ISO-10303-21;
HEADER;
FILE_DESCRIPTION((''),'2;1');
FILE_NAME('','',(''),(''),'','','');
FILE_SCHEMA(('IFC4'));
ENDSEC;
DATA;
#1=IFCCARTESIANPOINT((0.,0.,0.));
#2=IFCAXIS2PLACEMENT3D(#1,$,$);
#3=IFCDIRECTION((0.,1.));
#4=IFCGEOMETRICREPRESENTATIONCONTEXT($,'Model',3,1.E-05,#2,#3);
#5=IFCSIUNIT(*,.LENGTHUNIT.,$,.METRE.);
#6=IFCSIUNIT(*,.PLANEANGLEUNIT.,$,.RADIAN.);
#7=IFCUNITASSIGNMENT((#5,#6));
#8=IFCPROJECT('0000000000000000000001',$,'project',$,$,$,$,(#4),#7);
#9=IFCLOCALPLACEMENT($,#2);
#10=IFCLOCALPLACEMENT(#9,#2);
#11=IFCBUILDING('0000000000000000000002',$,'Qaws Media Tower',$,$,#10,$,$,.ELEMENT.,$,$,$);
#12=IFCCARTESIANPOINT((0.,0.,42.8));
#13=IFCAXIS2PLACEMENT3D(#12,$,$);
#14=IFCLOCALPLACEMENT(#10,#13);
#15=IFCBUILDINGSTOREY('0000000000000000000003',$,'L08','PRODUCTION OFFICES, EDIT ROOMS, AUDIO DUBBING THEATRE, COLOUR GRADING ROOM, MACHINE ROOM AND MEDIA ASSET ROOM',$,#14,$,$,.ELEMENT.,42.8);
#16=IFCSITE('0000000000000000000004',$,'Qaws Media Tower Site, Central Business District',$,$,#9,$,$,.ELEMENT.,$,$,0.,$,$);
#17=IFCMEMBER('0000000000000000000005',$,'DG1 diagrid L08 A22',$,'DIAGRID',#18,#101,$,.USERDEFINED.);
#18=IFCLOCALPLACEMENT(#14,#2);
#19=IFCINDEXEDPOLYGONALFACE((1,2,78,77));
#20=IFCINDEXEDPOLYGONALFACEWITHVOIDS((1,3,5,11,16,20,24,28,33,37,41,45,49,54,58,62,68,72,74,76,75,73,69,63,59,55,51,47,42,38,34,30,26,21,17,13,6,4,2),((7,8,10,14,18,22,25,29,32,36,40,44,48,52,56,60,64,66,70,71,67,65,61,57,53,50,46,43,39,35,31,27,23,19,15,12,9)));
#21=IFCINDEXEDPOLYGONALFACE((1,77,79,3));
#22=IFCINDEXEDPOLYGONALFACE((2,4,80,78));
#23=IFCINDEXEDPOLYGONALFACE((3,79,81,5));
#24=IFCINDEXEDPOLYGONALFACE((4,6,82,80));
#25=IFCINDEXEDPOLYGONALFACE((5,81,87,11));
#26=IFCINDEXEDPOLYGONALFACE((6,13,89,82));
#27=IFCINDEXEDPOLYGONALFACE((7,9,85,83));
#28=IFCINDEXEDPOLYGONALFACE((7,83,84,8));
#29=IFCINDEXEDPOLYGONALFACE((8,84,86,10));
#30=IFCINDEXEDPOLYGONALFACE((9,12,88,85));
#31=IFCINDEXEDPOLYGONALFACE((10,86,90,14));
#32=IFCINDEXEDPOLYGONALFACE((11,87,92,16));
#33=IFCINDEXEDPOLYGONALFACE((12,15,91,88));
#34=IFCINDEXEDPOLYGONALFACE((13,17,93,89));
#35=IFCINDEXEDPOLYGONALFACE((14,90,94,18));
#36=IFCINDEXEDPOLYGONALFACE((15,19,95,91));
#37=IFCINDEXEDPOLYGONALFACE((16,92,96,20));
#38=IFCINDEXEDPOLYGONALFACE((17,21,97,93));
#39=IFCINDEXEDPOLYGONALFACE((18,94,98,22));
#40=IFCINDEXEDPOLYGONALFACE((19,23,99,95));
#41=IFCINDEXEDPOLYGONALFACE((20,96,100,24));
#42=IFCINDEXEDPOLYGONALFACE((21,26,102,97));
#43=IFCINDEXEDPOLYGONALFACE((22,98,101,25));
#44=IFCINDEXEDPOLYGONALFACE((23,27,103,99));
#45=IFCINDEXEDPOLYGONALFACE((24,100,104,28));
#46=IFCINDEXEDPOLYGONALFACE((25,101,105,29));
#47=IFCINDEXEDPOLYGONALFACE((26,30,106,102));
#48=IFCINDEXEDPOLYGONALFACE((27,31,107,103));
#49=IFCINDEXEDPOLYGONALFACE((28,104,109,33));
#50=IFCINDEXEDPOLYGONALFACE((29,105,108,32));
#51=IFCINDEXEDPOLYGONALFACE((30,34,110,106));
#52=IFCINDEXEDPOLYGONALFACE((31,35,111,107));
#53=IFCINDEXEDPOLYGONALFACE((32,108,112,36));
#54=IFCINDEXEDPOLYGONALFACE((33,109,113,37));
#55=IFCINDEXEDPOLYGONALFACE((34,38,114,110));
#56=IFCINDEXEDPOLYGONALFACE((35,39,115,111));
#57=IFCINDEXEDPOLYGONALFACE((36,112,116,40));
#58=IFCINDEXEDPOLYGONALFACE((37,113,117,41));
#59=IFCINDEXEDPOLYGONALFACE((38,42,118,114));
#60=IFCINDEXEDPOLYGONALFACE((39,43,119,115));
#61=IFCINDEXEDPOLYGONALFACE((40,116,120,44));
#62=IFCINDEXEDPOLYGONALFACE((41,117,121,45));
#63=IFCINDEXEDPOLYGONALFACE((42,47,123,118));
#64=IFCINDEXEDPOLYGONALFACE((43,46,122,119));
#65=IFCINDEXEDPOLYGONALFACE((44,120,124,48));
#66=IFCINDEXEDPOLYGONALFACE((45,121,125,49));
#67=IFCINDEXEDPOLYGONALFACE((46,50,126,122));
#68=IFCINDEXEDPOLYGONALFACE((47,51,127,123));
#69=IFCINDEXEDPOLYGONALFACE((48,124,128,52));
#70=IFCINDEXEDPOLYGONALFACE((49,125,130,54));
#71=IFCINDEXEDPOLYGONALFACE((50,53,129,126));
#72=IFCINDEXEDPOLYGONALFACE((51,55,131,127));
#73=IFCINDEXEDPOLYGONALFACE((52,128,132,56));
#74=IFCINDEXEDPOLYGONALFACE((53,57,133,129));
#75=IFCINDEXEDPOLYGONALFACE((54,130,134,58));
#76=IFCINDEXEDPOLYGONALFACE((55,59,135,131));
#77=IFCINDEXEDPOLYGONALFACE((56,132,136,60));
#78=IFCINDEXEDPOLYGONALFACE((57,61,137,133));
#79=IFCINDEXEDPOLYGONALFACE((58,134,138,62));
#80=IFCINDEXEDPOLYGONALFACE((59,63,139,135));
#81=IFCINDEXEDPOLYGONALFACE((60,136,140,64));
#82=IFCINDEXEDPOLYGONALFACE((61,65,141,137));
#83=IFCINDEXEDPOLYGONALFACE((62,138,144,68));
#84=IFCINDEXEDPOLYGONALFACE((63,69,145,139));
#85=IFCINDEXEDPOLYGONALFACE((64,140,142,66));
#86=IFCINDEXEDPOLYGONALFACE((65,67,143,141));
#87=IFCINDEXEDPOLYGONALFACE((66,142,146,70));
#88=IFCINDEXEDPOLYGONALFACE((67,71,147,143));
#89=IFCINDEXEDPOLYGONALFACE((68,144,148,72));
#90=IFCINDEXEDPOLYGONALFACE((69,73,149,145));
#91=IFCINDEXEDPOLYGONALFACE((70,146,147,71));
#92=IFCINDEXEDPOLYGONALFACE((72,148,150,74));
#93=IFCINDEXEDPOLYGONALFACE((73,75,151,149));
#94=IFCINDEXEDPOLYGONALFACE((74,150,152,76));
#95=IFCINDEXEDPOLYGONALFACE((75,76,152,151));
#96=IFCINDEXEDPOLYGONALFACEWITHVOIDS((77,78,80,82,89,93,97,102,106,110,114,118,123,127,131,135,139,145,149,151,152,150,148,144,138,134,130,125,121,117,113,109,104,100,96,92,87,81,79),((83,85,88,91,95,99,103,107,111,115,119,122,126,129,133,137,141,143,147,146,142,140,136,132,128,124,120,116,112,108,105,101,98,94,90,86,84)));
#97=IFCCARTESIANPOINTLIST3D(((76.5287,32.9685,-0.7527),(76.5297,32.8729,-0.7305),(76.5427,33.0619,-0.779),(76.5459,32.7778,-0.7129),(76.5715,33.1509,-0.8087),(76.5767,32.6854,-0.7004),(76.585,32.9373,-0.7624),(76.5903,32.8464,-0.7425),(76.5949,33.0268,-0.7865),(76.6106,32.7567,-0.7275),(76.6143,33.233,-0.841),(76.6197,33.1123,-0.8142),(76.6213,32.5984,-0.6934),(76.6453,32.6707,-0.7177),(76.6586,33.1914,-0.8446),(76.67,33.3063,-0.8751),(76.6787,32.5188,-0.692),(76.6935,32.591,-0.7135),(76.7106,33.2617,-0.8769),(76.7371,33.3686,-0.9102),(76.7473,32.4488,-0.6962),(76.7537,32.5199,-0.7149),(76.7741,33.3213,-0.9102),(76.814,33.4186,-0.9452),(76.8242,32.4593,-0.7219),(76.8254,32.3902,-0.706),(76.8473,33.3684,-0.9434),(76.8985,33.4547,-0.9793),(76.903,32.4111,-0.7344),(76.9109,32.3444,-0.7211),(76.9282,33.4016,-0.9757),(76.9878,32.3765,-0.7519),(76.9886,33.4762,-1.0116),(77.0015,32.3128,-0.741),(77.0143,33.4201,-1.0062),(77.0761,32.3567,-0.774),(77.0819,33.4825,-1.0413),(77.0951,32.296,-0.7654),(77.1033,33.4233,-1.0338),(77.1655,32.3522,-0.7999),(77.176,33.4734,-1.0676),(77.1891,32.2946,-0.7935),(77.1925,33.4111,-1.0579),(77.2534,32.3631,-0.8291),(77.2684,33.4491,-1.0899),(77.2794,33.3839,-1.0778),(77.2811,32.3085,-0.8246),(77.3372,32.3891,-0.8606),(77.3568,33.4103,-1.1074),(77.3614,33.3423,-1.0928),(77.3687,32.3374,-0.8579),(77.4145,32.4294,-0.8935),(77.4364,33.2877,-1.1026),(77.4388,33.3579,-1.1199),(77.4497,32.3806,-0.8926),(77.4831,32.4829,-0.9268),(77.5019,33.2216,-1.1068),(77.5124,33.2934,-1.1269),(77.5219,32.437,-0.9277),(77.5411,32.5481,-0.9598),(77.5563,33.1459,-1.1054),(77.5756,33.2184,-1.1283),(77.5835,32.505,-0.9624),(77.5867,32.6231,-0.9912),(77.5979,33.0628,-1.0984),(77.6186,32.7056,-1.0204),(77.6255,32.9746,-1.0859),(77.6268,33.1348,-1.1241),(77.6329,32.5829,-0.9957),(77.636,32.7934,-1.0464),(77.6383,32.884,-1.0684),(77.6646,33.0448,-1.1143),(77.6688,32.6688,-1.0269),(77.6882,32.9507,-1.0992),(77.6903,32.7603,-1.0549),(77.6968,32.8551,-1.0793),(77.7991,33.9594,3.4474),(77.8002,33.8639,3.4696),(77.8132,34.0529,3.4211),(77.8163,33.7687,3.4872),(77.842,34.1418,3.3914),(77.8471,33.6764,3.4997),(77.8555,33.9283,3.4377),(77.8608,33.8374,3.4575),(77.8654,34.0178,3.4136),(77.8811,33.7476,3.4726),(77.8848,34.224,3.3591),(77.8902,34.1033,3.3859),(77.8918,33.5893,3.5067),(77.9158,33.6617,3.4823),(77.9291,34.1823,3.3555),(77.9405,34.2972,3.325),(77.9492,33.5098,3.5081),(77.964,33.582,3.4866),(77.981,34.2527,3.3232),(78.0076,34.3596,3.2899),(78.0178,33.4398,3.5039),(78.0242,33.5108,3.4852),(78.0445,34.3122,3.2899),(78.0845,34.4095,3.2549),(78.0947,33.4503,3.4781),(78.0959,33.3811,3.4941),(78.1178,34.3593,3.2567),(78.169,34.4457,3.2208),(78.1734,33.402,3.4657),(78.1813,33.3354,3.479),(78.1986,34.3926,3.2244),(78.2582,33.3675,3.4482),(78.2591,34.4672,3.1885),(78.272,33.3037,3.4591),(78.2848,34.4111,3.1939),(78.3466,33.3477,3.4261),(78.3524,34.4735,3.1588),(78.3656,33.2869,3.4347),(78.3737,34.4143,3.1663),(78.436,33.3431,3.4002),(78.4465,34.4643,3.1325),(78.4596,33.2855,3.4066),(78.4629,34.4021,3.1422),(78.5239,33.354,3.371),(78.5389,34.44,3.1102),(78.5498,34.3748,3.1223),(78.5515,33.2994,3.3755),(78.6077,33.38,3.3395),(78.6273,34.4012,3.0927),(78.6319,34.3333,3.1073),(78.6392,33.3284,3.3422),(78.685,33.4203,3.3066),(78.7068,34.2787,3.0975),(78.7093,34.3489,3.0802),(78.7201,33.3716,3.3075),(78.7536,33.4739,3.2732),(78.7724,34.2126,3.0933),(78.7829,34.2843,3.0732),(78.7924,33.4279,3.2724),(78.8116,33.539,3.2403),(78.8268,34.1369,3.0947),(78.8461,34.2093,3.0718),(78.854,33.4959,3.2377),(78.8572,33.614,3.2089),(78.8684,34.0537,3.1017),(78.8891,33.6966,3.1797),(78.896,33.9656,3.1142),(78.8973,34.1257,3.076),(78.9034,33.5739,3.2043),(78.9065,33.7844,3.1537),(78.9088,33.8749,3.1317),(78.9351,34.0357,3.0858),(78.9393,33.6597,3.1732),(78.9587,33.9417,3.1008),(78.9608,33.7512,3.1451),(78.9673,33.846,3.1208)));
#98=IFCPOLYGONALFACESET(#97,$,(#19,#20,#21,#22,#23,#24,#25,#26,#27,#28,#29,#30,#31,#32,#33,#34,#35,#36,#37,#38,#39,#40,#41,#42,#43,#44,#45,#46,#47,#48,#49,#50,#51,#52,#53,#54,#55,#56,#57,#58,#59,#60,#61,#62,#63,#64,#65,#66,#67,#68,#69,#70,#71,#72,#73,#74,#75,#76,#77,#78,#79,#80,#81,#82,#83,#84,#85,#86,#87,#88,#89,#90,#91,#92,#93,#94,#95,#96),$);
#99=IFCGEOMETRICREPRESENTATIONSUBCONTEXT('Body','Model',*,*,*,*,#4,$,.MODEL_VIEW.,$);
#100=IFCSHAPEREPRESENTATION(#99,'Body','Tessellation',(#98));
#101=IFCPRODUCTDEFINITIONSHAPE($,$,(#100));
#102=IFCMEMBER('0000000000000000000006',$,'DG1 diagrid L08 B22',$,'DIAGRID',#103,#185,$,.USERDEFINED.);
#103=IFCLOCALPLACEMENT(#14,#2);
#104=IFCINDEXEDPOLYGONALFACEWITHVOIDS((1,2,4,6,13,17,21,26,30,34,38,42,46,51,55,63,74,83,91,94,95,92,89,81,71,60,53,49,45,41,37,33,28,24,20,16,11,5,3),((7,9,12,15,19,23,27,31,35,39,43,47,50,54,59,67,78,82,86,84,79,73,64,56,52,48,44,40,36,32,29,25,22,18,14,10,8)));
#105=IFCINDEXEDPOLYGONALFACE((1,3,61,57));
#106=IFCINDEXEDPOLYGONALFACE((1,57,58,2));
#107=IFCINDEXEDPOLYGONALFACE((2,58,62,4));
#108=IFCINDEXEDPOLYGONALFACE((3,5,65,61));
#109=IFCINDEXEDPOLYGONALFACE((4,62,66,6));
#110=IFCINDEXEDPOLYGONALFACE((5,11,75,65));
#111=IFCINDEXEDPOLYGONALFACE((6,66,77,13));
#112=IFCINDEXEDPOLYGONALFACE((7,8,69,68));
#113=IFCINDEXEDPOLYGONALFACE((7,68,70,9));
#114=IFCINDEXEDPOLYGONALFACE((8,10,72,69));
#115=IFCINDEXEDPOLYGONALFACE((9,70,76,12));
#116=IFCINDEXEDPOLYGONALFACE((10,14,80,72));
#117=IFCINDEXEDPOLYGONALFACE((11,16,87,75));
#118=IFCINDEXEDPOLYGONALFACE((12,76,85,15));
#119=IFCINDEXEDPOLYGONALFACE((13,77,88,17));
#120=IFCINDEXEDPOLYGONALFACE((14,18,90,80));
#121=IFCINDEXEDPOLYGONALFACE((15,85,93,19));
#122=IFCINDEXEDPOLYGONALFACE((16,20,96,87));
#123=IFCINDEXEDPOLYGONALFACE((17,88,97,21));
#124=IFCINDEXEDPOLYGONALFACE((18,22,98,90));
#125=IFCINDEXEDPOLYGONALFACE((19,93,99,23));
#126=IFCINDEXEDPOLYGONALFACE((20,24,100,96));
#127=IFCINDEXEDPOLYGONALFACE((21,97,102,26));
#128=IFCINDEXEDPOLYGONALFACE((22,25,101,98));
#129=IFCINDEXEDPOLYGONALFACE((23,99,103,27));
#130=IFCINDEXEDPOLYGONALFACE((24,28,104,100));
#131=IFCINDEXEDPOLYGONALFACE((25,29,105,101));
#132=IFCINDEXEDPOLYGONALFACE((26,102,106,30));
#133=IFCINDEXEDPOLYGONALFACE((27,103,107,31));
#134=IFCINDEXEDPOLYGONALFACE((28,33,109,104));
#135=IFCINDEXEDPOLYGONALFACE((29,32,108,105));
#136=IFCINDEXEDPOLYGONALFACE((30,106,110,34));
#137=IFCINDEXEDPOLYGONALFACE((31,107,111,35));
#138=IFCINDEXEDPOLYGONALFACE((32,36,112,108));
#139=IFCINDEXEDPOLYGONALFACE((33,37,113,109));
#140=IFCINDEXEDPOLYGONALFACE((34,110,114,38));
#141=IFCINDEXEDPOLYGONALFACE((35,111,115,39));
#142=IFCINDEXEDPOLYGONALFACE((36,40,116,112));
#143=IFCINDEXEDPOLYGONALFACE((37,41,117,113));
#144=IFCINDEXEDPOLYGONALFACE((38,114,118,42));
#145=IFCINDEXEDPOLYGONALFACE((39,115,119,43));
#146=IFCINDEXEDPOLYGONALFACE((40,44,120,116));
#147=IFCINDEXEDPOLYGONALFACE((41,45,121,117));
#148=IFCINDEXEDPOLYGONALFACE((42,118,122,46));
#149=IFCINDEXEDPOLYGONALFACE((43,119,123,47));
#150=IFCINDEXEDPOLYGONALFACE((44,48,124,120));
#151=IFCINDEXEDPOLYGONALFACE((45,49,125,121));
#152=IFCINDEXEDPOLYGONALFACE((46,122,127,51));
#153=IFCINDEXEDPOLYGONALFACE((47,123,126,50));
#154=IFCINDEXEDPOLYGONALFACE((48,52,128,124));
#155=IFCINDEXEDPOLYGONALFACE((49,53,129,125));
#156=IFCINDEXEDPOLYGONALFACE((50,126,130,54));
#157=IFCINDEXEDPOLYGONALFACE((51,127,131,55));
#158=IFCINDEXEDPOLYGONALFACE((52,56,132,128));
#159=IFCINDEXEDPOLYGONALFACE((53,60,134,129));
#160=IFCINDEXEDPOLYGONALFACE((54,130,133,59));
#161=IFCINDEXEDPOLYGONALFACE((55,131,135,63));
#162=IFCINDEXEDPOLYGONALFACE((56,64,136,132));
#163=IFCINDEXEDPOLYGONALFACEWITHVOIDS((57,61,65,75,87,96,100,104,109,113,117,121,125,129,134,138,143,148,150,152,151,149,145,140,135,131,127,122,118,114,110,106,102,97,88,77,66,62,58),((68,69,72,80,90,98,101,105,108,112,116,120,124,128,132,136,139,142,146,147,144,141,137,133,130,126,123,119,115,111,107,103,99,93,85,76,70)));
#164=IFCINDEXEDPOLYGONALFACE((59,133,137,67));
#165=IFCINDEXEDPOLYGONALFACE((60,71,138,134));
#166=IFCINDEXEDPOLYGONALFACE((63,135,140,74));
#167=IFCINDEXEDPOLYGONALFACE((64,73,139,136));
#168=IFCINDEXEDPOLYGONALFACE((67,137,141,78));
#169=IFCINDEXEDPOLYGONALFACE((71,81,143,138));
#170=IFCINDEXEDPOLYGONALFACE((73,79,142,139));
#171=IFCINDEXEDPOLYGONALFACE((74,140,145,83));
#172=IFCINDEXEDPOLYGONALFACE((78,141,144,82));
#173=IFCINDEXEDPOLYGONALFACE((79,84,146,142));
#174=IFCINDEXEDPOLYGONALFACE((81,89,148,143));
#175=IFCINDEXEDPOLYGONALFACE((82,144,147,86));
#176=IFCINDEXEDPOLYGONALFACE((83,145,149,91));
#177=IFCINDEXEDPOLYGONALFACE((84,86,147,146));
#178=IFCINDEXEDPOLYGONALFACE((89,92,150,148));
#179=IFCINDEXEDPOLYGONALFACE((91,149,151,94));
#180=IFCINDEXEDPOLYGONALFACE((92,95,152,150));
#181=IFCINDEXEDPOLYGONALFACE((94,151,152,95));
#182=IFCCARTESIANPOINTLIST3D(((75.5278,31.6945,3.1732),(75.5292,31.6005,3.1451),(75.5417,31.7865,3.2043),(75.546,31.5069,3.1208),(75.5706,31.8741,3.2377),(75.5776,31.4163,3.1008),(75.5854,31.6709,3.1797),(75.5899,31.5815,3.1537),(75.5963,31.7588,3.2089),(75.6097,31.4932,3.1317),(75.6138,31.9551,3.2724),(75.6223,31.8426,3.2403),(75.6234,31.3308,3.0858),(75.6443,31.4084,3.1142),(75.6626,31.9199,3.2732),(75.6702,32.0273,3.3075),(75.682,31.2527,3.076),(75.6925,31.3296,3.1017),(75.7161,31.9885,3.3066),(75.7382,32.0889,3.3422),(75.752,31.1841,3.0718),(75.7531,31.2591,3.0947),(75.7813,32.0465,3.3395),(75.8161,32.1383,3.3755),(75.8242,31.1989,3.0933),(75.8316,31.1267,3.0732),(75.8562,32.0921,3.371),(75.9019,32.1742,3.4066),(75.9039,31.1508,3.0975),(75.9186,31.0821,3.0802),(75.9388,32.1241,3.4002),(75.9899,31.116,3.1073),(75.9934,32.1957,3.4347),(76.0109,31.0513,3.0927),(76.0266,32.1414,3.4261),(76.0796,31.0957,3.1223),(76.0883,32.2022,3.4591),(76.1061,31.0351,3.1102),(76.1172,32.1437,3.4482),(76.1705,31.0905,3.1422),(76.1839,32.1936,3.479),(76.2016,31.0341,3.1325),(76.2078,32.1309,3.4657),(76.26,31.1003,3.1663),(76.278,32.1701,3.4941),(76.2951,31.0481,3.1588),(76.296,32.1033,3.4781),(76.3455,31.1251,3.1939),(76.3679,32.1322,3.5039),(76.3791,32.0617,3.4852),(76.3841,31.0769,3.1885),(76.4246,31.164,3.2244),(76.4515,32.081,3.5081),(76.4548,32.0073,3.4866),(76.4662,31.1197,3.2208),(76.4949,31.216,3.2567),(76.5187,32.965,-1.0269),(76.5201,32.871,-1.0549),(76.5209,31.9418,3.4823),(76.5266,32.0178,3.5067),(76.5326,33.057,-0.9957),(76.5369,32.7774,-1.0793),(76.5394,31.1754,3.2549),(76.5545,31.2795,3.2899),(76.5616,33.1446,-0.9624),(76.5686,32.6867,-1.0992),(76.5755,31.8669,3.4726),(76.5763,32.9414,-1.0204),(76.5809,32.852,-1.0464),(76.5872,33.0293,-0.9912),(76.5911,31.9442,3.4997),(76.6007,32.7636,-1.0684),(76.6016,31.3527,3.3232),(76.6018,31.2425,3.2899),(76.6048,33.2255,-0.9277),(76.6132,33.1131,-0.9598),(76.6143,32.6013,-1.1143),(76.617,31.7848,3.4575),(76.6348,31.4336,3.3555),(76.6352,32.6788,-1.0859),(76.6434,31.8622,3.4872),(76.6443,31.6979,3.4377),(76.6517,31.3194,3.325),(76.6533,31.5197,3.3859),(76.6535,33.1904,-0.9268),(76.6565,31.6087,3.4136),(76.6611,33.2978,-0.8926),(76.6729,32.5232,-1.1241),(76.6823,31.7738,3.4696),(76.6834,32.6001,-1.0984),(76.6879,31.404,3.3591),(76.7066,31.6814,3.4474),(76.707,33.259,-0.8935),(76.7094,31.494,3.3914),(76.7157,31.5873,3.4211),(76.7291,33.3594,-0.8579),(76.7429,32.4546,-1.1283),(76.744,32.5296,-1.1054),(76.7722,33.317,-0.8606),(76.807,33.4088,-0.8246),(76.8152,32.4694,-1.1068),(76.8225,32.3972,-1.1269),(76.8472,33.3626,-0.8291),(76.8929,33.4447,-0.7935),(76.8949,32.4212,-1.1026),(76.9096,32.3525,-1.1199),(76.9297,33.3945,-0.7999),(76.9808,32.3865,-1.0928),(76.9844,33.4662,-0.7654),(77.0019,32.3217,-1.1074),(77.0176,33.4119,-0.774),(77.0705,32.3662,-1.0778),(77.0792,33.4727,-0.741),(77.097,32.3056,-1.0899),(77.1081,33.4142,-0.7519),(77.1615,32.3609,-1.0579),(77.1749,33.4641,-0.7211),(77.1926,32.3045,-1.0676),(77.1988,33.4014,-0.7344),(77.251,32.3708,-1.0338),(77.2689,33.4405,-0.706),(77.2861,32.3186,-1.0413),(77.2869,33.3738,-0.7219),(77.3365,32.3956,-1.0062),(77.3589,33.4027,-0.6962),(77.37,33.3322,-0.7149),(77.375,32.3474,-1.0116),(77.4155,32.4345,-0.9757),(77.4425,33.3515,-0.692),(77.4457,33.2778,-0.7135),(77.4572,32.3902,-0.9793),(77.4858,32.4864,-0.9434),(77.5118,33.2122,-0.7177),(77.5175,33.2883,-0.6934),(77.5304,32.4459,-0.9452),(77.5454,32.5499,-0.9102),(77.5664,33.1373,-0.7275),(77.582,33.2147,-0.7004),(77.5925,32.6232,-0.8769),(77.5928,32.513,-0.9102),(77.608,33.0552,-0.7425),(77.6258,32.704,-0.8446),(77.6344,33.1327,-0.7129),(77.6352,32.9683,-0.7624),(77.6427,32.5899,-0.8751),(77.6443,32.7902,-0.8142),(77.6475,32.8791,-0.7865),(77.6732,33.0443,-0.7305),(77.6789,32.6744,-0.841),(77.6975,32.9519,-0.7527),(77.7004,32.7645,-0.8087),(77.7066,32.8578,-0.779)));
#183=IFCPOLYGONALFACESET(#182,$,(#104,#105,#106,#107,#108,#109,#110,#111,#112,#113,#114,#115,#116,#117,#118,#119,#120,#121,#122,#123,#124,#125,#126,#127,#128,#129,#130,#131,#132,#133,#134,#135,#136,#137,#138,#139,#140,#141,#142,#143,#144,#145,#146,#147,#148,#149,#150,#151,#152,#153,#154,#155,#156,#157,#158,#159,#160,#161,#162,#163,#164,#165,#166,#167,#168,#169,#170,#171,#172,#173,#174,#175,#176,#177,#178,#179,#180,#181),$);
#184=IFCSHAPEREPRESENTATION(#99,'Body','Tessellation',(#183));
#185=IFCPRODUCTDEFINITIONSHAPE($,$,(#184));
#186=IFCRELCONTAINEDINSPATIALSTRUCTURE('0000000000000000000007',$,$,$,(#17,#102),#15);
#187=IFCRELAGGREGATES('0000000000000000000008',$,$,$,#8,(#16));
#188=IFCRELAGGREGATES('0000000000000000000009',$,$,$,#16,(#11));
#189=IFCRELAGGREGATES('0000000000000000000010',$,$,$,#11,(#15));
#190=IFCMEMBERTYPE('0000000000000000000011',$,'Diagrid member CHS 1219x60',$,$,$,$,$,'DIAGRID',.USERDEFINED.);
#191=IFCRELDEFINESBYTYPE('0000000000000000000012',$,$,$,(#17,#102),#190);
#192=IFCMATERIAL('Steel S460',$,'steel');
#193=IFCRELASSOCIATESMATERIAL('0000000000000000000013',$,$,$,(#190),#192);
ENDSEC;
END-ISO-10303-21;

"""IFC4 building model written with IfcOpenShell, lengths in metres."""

from ifc_helpers import new_model, si_unit, direction, frame, origin, origin_2d, place, context, subcontext, project, spatial, hollow_circle, extrude, material, material_profile, profile_set, type_object, element, save


model = new_model("IFC4")

# Units and contexts
model_context = context("Model", 3, precision=1e-05, world=origin(), true_north=direction((0.0, 1.0)))
body_context = subcontext(model_context, "Body", "Model", "MODEL_VIEW")
ifc_project = project(units=[si_unit("LENGTHUNIT", "METRE"), si_unit("PLANEANGLEUNIT", "RADIAN")], contexts=[model_context])

# Site, building, storey
site_placement = place(None, origin())
site = spatial("IfcSite", under=ifc_project, at=site_placement, Name="Qaws Media Tower Site, Central Business District", CompositionType="ELEMENT", RefElevation=0.0)
building_placement = place(site_placement, origin())
building = spatial("IfcBuilding", under=site, at=building_placement, Name="Qaws Media Tower", CompositionType="ELEMENT")
storey_placement = place(building_placement, frame((0.0, 0.0, 42.8)))
storey = spatial("IfcBuildingStorey", under=building, at=storey_placement, Name="L08", Description="PRODUCTION OFFICES, EDIT ROOMS, AUDIO DUBBING THEATRE, COLOUR GRADING ROOM, MACHINE ROOM AND MEDIA ASSET ROOM", CompositionType="ELEMENT", Elevation=42.8)

# Members
ifc_material_1 = material(Name="Steel S460", Category="steel")
ifc_material_profile_1 = material_profile(ifc_material_1, hollow_circle(Radius=0.6096, WallThickness=0.0601, at=origin_2d()), Name="CHS 1219x60")
ifc_profile_set_1 = profile_set([ifc_material_profile_1], Name="Steel S460")
member_type_1 = type_object("IfcMemberType", Name="Diagrid member CHS 1219x60", ElementType="DIAGRID", PredefinedType="USERDEFINED", material=ifc_profile_set_1)
for number, where, z_axis, x_axis, name in (
    (1, (77.1121, 32.8879, -0.9102), (0.28242, 0.220281, 0.933657), (-0.61502, 0.788511, 0.0), "DG1 diagrid L08 A22"),
    (2, (77.1121, 32.8879, -0.9102), (-0.220281, -0.28242, 0.933657), (0.788511, -0.61502, 0.0), "DG1 diagrid L08 B22"),
):
    element("IfcMember", number, at=place(storey_placement, frame(where, z_axis=z_axis, x_axis=x_axis)), inside=storey, type_object=member_type_1, Name=name, ObjectType="DIAGRID", PredefinedType="USERDEFINED", context=body_context, shape_type="SweptSolid", body=[
        extrude(hollow_circle(Radius=0.6096, WallThickness=0.0601, at=origin_2d()), origin(), (0.0, 0.0, 1.0), 4.4985),
    ])

save(model, "model.ifc")
